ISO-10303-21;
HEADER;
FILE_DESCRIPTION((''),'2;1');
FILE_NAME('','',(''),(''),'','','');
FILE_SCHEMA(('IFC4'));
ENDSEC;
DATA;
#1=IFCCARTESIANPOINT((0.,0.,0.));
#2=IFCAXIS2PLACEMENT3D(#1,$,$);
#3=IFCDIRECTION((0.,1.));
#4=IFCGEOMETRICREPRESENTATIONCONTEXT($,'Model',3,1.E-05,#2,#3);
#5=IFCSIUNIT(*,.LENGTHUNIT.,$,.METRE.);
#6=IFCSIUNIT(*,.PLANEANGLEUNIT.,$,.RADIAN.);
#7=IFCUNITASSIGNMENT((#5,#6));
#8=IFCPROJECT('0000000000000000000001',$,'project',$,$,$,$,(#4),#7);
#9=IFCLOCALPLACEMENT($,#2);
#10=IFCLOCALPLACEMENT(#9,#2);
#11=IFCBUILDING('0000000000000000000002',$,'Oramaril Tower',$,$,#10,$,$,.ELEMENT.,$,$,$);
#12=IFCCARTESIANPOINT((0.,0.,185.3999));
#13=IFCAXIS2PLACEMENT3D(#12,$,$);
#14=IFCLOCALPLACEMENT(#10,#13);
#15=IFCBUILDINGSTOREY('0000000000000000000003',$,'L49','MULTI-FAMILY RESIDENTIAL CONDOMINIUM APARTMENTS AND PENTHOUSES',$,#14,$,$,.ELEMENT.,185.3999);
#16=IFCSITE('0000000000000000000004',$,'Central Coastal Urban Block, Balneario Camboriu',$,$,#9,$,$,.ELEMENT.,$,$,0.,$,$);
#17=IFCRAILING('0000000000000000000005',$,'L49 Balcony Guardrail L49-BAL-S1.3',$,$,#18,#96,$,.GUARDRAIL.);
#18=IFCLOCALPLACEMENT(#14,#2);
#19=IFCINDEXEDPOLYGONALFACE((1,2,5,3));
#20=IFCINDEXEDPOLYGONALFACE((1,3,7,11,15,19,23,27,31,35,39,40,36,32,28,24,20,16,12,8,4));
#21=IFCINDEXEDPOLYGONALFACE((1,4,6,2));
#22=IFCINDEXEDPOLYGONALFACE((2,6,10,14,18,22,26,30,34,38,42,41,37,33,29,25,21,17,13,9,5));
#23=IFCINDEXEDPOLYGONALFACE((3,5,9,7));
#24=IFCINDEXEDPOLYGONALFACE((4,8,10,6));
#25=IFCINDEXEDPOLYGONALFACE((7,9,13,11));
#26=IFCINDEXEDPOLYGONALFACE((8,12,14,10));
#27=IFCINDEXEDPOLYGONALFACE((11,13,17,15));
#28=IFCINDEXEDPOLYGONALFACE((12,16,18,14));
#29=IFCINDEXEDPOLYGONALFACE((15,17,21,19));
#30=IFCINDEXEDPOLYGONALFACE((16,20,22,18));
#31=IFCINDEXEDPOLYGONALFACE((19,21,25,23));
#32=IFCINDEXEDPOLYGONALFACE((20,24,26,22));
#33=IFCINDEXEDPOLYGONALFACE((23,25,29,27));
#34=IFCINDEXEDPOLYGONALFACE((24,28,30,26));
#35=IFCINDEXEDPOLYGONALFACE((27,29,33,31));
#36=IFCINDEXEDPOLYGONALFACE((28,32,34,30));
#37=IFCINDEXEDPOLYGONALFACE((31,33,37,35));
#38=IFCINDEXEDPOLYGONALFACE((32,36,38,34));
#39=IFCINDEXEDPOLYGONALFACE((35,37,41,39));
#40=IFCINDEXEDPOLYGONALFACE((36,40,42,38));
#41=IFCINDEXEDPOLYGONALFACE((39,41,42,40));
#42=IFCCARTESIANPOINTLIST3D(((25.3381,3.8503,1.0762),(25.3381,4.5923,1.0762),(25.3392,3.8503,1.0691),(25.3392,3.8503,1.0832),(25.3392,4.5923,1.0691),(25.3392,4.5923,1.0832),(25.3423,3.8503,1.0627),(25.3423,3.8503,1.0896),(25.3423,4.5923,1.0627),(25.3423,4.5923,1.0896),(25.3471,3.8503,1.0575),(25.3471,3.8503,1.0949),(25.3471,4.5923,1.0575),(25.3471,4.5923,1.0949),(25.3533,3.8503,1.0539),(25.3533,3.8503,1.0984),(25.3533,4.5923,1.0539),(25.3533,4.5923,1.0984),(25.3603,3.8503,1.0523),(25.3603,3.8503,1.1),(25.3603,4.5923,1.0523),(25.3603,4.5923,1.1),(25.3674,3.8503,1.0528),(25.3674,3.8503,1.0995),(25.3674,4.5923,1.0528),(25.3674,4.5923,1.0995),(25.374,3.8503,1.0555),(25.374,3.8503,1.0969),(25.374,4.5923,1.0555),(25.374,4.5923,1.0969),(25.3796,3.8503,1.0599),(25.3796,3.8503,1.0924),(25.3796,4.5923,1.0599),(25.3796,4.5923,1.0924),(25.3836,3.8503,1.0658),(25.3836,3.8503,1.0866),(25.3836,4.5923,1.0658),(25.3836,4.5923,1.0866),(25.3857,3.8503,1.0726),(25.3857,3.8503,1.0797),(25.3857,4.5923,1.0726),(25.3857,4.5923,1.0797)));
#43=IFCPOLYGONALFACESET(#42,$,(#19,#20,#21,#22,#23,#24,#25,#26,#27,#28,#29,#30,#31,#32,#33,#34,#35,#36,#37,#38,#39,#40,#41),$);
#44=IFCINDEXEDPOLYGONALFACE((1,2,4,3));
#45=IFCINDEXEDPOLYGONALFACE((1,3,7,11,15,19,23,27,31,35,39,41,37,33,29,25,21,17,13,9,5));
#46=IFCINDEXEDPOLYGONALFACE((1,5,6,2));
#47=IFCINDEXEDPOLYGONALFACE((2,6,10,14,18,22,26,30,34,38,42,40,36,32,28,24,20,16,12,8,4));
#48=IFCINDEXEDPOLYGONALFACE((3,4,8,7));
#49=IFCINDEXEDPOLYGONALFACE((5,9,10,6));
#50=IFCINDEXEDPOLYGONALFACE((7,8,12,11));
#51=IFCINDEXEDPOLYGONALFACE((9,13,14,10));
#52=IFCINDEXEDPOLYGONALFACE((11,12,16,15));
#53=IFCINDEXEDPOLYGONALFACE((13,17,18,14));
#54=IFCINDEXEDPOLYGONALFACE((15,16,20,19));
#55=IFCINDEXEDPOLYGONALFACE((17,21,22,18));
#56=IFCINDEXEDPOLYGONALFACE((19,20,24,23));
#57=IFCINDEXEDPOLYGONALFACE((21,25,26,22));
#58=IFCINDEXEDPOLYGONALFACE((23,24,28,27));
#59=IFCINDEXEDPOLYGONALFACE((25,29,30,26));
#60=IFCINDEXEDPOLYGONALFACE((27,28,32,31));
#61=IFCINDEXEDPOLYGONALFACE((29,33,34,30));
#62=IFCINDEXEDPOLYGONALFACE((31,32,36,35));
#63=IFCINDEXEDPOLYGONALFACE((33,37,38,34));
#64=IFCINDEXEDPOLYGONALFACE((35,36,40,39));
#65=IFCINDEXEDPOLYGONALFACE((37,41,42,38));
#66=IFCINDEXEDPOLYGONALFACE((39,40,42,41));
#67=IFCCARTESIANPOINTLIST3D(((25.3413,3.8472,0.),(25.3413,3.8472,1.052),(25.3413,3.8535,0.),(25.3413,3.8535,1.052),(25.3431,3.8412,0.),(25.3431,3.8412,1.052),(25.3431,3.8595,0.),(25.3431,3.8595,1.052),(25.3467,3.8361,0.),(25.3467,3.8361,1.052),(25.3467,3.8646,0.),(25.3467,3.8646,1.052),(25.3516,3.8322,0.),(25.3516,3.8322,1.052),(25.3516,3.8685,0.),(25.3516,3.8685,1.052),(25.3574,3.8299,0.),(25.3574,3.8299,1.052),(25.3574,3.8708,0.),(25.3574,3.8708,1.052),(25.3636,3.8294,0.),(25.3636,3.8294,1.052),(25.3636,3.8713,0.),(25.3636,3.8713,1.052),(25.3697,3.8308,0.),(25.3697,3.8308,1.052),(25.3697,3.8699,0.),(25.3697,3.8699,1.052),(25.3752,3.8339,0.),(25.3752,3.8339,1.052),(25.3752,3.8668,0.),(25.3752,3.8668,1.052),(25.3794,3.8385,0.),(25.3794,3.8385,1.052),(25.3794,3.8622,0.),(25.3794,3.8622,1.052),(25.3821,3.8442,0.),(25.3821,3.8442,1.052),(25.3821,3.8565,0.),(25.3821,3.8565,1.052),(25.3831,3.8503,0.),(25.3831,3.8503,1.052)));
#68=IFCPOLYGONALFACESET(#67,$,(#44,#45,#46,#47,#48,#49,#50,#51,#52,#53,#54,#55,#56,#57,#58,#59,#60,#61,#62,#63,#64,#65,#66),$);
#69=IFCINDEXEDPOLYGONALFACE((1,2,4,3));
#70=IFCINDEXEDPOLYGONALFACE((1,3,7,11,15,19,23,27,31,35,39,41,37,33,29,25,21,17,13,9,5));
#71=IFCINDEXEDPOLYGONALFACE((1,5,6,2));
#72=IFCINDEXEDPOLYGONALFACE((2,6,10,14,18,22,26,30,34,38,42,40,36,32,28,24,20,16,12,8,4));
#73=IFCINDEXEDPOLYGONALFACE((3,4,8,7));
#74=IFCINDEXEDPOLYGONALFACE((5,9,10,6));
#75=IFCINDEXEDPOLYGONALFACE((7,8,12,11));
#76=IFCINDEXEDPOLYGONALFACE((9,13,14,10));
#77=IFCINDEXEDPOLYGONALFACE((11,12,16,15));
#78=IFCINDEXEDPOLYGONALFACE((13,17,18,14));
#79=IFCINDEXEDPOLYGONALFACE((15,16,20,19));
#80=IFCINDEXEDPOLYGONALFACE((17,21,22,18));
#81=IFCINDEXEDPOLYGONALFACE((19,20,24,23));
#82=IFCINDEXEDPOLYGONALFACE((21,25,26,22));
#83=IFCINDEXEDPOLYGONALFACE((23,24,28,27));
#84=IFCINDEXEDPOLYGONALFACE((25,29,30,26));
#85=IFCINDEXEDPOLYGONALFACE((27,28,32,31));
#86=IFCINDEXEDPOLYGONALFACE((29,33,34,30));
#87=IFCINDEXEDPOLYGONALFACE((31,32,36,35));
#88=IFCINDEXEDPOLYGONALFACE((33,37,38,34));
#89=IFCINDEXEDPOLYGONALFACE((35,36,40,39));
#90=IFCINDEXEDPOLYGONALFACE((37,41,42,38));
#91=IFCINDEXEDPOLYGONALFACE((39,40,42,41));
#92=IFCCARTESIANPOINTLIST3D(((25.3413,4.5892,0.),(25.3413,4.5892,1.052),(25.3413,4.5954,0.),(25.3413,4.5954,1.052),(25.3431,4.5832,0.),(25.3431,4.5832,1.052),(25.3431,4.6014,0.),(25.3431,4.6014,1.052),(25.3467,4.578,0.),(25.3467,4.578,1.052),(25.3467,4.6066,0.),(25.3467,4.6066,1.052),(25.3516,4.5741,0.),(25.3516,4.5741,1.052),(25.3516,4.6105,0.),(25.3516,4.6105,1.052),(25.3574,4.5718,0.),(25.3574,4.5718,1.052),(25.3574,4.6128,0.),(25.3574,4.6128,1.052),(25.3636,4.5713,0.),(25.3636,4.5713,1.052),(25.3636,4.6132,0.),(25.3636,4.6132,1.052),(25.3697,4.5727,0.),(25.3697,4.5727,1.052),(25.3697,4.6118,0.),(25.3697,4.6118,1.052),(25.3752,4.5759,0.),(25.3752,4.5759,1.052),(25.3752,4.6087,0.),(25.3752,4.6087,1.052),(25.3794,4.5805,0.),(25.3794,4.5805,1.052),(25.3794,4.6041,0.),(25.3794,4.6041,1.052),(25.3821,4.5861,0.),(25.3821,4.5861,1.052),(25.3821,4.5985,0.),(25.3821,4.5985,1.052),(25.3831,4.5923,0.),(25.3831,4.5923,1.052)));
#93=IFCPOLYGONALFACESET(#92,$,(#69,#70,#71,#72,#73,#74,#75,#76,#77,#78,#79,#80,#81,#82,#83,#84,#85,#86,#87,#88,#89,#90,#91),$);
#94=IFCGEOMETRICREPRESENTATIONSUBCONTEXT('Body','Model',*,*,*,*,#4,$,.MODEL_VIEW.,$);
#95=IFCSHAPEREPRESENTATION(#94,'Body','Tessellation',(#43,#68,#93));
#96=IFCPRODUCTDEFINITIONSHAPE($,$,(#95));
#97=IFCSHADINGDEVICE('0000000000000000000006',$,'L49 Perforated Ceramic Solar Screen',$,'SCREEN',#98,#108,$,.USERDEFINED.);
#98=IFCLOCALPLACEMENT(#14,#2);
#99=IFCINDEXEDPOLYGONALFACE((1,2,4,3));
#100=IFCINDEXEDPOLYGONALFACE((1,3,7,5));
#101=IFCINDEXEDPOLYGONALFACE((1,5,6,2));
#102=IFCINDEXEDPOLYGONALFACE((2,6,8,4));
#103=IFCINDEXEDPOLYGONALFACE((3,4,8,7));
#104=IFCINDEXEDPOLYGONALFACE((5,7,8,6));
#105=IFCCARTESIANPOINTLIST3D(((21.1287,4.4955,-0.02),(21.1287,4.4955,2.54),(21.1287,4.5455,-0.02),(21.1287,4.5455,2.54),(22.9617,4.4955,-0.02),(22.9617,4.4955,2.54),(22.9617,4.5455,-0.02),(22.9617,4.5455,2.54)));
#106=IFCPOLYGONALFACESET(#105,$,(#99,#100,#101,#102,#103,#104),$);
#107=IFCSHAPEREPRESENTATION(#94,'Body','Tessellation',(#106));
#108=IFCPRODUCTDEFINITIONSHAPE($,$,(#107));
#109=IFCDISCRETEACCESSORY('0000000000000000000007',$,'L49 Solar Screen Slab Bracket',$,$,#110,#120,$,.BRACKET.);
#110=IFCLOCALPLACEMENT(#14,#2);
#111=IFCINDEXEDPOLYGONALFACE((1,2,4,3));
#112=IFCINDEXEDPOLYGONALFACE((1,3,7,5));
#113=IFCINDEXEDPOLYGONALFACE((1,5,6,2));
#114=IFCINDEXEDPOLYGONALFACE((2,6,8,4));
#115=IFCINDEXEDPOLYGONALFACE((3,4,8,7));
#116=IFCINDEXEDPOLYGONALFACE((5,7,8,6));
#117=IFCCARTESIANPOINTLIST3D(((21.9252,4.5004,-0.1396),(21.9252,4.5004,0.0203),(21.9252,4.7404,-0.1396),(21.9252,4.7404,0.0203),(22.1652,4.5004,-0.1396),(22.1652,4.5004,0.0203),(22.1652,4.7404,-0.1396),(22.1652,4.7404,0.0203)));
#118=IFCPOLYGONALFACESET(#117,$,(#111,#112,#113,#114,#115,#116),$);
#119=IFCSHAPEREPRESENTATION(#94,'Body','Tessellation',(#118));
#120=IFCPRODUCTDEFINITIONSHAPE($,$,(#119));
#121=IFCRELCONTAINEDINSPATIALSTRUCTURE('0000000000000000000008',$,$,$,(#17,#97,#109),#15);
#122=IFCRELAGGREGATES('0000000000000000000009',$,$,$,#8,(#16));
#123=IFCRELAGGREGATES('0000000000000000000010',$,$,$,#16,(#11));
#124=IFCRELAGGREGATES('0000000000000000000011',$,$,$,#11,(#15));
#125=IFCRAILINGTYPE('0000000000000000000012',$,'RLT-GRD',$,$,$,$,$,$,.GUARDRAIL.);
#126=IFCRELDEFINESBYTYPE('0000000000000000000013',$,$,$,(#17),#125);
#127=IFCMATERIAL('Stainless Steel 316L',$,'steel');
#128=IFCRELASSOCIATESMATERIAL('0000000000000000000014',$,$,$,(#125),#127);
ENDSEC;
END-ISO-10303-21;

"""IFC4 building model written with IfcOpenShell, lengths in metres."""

from ifc_helpers import new_model, si_unit, direction, frame, origin, origin_2d, place, context, subcontext, project, spatial, rectangle, circle, extrude, material, type_object, element, save


model = new_model("IFC4")

# Units and contexts
model_context = context("Model", 3, precision=1e-05, world=origin(), true_north=direction((0.0, 1.0)))
body_context = subcontext(model_context, "Body", "Model", "MODEL_VIEW")
ifc_project = project(units=[si_unit("LENGTHUNIT", "METRE"), si_unit("PLANEANGLEUNIT", "RADIAN")], contexts=[model_context])

# Site, building, storey
site_placement = place(None, origin())
site = spatial("IfcSite", under=ifc_project, at=site_placement, Name="Central Coastal Urban Block, Balneario Camboriu", CompositionType="ELEMENT", RefElevation=0.0)
building_placement = place(site_placement, origin())
building = spatial("IfcBuilding", under=site, at=building_placement, Name="Oramaril Tower", CompositionType="ELEMENT")
storey_placement = place(building_placement, frame((0.0, 0.0, 185.3999)))
storey = spatial("IfcBuildingStorey", under=building, at=storey_placement, Name="L49", Description="MULTI-FAMILY RESIDENTIAL CONDOMINIUM APARTMENTS AND PENTHOUSES", CompositionType="ELEMENT", Elevation=185.3999)

# Railing
ifc_material_1 = material(Name="Stainless Steel 316L", Category="steel")
railing_type = type_object("IfcRailingType", Name="RLT-GRD", PredefinedType="GUARDRAIL", material=ifc_material_1)
railing_placement = place(storey_placement, frame((25.3621, 3.8503, 0.0)))
element("IfcRailing", 1, at=railing_placement, inside=storey, type_object=railing_type, Name="L49 Balcony Guardrail L49-BAL-S1.3", PredefinedType="GUARDRAIL", context=body_context, shape_type="SweptSolid", body=[
    extrude(circle(Radius=0.0239, at=origin_2d()), frame((0.0, 0.0, 1.0762), z_axis=(0.0, 1.0, 0.0), x_axis=(-1.0, 0.0, 0.0)), (0.0, 0.0, 1.0), 0.7419),
    extrude(circle(Radius=0.021, at=origin_2d()), origin(), (0.0, 0.0, 1.0), 1.052),
    extrude(circle(Radius=0.021, at=origin_2d()), frame((0.0, 0.7419, 0.0)), (0.0, 0.0, 1.0), 1.052),
])

# Shading device
shading_device_placement = place(storey_placement, frame((22.0452, 4.5205, -0.02), z_axis=(0.0, 0.0, 1.0), x_axis=(1.0, 0.0, 0.0)))
element("IfcShadingDevice", 2, at=shading_device_placement, inside=storey, Name="L49 Perforated Ceramic Solar Screen", ObjectType="SCREEN", PredefinedType="USERDEFINED", context=body_context, shape_type="SweptSolid", body=[
    extrude(rectangle(XDim=1.833, YDim=0.05, at=origin_2d()), origin(), (0.0, 0.0, 1.0), 2.5601),
])

# Discrete accessory
discrete_accessory_placement = place(storey_placement, frame((22.0452, 4.6204, -0.1396), z_axis=(0.0, 0.0, 1.0), x_axis=(1.0, 0.0, 0.0)))
element("IfcDiscreteAccessory", 3, at=discrete_accessory_placement, inside=storey, Name="L49 Solar Screen Slab Bracket", PredefinedType="BRACKET", context=body_context, shape_type="SweptSolid", body=[
    extrude(rectangle(XDim=0.24, YDim=0.24, at=origin_2d()), origin(), (0.0, 0.0, 1.0), 0.1599),
])

save(model, "model.ifc")
